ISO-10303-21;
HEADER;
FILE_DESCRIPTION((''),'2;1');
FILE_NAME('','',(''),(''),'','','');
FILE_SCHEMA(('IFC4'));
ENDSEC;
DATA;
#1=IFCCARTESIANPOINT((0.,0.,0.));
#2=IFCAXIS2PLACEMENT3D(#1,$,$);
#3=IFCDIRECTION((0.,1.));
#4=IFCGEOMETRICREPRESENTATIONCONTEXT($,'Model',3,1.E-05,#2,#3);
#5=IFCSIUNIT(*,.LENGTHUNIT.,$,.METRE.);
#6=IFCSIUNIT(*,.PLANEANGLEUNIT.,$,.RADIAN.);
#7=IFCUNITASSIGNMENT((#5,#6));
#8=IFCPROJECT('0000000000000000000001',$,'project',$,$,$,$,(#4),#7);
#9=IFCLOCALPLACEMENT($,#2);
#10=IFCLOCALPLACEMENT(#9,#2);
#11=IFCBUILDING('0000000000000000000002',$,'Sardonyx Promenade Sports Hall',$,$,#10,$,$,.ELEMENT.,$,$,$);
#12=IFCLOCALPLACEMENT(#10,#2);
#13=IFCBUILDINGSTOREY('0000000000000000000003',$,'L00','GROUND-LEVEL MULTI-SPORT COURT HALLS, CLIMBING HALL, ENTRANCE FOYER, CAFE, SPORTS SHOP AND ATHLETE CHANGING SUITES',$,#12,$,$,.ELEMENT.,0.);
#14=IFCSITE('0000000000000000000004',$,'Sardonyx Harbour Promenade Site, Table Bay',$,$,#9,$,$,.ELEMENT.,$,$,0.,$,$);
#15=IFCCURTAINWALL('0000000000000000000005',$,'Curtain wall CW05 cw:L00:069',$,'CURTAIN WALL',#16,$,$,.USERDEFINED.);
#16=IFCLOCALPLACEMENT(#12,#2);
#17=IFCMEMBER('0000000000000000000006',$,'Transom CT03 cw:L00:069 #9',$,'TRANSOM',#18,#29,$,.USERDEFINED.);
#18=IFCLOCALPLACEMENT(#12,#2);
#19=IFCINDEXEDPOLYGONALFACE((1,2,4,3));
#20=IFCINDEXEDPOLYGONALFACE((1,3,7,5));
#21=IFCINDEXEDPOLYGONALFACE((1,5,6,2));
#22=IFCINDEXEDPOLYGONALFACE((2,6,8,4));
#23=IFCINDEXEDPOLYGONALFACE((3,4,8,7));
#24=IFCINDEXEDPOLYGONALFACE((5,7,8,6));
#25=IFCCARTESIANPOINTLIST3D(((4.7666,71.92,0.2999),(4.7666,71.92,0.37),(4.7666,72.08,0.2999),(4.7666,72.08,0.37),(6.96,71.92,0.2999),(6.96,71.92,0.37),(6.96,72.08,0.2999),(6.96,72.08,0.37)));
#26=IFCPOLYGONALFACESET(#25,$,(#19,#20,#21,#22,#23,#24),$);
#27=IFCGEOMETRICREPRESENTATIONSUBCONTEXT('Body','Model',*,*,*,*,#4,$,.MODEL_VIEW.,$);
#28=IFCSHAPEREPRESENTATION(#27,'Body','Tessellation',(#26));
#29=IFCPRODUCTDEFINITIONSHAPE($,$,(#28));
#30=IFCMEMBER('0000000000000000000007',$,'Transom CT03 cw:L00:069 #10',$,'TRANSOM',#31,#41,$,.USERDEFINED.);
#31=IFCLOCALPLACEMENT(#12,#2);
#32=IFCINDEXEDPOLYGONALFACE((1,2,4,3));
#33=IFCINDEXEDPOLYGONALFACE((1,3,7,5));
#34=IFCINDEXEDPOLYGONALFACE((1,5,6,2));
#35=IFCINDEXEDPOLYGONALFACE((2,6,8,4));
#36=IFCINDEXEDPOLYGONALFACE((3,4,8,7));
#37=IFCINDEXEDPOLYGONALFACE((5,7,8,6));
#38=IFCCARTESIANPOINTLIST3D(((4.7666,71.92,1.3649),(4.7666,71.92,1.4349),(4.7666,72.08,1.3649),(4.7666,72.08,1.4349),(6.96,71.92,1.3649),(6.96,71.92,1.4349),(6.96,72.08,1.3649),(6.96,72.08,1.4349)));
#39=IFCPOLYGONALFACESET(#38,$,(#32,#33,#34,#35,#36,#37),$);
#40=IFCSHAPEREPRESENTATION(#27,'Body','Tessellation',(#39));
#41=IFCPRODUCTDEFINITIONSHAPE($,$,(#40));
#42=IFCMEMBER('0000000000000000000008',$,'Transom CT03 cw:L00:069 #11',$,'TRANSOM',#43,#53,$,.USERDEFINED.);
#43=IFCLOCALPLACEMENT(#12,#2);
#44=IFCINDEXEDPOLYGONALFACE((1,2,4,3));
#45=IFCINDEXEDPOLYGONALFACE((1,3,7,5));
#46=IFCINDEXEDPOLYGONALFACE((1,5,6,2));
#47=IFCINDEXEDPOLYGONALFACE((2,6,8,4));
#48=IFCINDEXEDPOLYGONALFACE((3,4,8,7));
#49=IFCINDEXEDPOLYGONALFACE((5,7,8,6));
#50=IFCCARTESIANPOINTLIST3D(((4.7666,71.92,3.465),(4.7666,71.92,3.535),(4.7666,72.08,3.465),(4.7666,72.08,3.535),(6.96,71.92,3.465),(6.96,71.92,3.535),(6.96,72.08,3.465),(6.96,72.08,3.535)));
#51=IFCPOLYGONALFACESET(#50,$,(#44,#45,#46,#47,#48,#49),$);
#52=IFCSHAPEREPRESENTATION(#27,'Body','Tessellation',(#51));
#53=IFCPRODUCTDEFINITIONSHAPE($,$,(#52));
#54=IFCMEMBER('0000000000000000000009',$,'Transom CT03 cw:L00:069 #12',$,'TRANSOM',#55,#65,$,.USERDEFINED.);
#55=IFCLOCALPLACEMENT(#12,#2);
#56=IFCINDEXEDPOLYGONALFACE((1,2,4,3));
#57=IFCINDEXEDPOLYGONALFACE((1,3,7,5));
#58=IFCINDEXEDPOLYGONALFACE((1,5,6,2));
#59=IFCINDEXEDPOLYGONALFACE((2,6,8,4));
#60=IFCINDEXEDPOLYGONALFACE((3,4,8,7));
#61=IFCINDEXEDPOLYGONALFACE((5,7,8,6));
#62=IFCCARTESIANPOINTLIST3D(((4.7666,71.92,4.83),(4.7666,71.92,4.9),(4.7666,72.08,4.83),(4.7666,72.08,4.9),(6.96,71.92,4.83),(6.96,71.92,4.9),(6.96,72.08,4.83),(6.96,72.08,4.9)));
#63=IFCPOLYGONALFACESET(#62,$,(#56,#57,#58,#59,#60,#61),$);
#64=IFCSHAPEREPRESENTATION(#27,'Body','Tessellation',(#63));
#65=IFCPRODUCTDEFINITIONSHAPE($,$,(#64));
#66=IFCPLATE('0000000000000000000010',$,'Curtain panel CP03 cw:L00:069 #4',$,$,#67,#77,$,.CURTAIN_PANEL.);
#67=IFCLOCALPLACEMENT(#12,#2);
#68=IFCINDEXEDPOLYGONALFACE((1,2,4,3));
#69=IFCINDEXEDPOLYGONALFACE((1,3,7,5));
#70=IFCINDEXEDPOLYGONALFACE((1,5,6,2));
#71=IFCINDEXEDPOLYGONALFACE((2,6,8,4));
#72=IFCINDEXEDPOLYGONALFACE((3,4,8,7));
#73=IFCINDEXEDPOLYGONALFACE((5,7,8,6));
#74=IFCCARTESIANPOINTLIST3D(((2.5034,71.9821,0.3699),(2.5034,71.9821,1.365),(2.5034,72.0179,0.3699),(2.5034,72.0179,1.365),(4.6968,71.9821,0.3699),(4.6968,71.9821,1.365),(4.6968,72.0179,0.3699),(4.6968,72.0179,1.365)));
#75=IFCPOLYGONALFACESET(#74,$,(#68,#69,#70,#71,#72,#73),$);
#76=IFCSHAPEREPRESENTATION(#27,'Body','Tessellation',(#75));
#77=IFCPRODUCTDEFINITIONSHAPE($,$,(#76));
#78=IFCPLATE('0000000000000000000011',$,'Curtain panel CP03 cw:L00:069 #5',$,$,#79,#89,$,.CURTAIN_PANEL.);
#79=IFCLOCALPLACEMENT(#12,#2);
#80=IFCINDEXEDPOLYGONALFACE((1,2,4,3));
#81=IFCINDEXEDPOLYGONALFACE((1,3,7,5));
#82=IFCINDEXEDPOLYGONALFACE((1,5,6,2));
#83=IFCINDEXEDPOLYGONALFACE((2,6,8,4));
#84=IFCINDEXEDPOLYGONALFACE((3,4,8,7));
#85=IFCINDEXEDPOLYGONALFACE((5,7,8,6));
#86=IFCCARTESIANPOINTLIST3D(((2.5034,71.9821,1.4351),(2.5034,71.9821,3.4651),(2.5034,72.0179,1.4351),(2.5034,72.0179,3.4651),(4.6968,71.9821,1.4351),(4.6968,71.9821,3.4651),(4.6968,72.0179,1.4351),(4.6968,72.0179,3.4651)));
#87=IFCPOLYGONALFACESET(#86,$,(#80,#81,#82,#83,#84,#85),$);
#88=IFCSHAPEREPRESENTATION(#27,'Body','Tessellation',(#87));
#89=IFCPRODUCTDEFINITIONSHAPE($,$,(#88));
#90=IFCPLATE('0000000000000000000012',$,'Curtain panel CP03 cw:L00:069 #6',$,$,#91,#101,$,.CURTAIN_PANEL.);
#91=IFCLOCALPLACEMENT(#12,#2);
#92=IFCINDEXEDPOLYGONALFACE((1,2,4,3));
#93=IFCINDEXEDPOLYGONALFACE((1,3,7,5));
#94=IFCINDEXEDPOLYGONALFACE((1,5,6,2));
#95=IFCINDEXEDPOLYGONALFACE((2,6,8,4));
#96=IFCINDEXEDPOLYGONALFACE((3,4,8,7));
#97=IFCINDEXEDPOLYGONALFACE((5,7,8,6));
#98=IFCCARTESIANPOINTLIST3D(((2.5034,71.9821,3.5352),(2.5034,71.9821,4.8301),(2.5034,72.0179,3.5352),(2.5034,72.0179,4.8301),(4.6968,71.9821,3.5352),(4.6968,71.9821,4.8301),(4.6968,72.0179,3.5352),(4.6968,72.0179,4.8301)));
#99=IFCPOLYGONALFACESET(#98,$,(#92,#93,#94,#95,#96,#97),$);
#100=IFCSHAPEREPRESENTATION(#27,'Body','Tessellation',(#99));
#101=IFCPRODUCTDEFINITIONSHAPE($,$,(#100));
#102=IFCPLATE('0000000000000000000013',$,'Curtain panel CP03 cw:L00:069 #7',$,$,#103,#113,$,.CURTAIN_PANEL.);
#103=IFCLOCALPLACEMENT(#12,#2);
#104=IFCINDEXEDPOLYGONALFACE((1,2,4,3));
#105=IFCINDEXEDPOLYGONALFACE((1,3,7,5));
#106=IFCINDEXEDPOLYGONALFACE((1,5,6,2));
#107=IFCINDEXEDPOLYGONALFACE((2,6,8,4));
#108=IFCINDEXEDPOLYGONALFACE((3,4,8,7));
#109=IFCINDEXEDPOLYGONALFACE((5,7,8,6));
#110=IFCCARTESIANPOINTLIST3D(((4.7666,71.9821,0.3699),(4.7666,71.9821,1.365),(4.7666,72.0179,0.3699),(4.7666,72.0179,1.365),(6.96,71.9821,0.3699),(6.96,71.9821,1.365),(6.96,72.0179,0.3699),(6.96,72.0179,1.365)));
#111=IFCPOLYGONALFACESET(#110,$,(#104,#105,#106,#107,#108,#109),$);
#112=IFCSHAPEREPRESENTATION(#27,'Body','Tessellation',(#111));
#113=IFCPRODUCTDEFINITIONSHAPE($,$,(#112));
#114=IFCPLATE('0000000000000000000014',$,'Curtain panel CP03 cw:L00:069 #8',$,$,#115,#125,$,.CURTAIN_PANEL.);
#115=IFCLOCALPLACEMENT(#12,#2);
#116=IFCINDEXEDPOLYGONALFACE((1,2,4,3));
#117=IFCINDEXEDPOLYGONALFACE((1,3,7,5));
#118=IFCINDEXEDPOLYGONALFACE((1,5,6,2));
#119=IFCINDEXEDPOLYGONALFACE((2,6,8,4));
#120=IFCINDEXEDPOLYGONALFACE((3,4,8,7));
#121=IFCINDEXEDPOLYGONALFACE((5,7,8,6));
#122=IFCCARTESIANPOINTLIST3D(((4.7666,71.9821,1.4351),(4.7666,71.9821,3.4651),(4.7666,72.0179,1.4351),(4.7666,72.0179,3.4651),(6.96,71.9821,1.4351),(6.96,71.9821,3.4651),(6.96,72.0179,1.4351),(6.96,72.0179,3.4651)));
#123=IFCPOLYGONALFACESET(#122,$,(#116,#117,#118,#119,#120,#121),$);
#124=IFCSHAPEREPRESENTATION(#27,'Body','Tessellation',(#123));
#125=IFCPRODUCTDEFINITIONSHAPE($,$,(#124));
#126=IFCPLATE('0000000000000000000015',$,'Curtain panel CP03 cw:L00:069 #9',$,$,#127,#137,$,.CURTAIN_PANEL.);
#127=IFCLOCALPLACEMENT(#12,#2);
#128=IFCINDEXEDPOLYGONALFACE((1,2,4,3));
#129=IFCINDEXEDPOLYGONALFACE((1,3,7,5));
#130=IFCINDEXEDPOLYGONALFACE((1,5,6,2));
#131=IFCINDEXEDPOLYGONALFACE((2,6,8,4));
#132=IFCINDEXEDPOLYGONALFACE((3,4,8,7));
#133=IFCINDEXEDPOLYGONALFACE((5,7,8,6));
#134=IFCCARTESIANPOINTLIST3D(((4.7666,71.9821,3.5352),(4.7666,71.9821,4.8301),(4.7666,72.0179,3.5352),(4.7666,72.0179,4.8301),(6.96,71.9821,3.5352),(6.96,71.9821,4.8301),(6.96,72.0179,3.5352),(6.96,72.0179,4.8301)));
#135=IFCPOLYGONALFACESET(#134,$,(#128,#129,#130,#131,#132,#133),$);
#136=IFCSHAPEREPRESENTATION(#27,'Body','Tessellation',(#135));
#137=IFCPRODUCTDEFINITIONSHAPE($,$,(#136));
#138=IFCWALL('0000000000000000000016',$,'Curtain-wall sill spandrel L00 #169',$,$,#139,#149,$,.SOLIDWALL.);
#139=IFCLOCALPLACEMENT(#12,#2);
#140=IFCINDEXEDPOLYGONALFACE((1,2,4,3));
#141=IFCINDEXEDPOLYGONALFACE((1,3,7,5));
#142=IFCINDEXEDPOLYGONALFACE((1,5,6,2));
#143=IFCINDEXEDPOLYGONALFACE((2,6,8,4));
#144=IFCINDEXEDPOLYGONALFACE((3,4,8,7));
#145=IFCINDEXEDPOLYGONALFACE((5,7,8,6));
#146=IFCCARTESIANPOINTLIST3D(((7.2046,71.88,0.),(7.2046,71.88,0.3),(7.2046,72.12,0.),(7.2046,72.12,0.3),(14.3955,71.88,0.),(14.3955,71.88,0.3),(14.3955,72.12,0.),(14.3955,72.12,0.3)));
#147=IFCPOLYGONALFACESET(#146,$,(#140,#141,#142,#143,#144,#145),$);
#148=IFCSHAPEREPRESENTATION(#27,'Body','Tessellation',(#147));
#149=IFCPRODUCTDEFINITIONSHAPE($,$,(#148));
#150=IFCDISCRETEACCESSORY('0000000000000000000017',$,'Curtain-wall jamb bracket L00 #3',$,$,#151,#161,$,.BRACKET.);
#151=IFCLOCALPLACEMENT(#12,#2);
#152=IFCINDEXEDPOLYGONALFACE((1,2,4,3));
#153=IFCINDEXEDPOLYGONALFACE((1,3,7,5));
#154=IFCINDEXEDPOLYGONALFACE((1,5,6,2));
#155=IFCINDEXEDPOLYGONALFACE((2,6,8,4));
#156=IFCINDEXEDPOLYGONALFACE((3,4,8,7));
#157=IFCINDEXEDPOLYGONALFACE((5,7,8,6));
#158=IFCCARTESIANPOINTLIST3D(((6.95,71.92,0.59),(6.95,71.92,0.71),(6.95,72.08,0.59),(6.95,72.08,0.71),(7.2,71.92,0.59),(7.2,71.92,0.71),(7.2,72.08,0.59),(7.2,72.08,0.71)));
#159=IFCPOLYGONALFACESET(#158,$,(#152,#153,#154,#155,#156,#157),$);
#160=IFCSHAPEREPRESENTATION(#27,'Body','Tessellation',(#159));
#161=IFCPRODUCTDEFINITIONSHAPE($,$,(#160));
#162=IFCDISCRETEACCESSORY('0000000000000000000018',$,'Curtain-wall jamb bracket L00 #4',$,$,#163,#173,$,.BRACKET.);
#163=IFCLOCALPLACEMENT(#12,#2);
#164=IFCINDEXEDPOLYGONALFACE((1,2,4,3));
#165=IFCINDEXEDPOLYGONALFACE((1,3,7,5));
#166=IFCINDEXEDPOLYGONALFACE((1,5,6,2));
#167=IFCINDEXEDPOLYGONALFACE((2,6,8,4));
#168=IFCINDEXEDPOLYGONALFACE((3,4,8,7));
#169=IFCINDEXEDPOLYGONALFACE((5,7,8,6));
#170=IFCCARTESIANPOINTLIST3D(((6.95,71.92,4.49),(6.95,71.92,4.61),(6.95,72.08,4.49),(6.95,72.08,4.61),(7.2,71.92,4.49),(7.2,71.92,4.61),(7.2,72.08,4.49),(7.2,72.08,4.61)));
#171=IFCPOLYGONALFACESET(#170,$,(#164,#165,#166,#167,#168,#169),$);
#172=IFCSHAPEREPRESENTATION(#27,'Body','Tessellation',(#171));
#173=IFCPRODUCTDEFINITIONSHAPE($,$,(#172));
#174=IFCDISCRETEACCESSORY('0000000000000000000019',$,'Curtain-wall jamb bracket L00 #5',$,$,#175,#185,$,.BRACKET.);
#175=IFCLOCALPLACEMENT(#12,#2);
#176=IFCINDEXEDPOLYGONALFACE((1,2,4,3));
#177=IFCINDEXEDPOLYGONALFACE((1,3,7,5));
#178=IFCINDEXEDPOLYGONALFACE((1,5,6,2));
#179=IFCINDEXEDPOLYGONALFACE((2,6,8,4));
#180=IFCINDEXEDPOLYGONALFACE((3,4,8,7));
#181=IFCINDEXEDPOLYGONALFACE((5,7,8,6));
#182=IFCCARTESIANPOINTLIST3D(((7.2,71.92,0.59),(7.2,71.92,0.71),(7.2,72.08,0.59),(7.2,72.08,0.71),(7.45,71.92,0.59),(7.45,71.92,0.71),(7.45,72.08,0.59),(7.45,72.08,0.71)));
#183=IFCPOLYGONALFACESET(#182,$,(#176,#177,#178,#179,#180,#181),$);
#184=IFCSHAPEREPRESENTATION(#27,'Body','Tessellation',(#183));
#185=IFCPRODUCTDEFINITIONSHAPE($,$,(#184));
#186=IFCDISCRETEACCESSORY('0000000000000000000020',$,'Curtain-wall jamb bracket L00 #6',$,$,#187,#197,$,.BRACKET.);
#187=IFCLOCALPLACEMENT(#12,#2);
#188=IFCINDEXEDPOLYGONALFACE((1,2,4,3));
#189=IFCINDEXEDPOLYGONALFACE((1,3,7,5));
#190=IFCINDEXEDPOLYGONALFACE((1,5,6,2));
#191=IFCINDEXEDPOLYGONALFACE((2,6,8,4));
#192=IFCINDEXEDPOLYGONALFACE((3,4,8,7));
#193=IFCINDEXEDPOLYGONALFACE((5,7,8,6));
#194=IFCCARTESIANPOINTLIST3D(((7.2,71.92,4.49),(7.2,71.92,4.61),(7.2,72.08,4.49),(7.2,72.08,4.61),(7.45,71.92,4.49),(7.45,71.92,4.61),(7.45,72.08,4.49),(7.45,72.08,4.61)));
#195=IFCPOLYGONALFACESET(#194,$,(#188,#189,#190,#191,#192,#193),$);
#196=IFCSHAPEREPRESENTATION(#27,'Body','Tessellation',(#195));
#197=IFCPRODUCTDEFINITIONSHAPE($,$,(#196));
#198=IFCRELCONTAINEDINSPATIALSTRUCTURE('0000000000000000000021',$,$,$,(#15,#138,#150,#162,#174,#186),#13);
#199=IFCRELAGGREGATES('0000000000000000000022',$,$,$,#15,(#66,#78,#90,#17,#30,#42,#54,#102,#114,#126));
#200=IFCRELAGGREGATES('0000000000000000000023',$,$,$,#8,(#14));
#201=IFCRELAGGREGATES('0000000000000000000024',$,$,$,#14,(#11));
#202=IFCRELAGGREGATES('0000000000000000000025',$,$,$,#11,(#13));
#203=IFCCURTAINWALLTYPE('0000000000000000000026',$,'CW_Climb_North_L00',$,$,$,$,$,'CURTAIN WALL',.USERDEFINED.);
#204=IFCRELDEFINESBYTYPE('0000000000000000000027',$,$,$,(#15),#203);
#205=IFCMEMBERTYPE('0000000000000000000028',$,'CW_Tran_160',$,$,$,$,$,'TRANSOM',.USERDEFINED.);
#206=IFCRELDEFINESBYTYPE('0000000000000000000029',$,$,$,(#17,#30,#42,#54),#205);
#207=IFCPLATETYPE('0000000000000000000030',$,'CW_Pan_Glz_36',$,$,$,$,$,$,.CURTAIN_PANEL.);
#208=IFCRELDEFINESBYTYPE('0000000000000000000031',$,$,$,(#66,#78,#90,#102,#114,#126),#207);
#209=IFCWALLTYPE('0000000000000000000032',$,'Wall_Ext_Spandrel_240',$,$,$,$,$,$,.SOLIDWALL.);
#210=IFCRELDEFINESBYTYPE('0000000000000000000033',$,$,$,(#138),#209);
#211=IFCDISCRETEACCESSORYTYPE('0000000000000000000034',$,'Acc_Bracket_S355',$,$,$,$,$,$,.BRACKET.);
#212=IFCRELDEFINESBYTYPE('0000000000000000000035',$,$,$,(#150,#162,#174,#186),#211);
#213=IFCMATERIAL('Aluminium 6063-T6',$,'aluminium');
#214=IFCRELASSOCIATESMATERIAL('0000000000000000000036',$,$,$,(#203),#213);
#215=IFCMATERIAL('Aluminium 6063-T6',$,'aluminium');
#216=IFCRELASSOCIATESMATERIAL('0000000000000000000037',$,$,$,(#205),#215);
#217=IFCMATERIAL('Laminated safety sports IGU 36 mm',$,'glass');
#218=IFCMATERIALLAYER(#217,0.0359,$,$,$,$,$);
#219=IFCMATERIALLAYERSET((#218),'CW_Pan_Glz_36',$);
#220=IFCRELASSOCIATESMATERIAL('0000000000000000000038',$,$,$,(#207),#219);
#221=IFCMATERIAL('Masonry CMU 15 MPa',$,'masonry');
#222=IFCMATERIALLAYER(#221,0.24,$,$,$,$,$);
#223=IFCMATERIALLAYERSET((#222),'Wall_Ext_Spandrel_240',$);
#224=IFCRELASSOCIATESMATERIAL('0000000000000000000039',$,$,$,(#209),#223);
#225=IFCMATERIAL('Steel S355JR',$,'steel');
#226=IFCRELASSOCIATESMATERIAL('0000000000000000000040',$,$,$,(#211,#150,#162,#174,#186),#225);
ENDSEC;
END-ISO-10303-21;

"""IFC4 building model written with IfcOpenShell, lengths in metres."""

from ifc_helpers import new_model, si_unit, direction, frame, frame_2d, origin, origin_2d, place, context, subcontext, project, spatial, rectangle, extrude, material, layer, layer_set, material_profile, profile_set, type_object, element, aggregate, save


model = new_model("IFC4")

# Units and contexts
model_context = context("Model", 3, precision=1e-05, world=origin(), true_north=direction((0.0, 1.0)))
body_context = subcontext(model_context, "Body", "Model", "MODEL_VIEW")
ifc_project = project(units=[si_unit("LENGTHUNIT", "METRE"), si_unit("PLANEANGLEUNIT", "RADIAN")], contexts=[model_context])

# Site, building, storey
site_placement = place(None, origin())
site = spatial("IfcSite", under=ifc_project, at=site_placement, Name="Sardonyx Harbour Promenade Site, Table Bay", CompositionType="ELEMENT", RefElevation=0.0)
building_placement = place(site_placement, origin())
building = spatial("IfcBuilding", under=site, at=building_placement, Name="Sardonyx Promenade Sports Hall", CompositionType="ELEMENT")
storey_placement = place(building_placement, origin())
storey = spatial("IfcBuildingStorey", under=building, at=storey_placement, Name="L00", Description="GROUND-LEVEL MULTI-SPORT COURT HALLS, CLIMBING HALL, ENTRANCE FOYER, CAFE, SPORTS SHOP AND ATHLETE CHANGING SUITES", CompositionType="ELEMENT", Elevation=0.0)

# Curtain wall
ifc_material_1 = material(Name="Aluminium 6063-T6", Category="aluminium")
curtain_wall_type = type_object("IfcCurtainWallType", Name="CW_Climb_North_L00", ElementType="CURTAIN WALL", PredefinedType="USERDEFINED", material=ifc_material_1)
curtain_wall_1_placement = place(storey_placement, origin())
curtain_wall_1 = element("IfcCurtainWall", 1, at=curtain_wall_1_placement, inside=storey, type_object=curtain_wall_type, Name="Curtain wall CW05 cw:L00:069", ObjectType="CURTAIN WALL", PredefinedType="USERDEFINED")

# Members
ifc_material_2 = material(Name="Aluminium 6063-T6", Category="aluminium")
ifc_material_profile_1 = material_profile(ifc_material_2, rectangle(XDim=0.0701, YDim=0.1599, at=origin_2d()))
ifc_profile_set_1 = profile_set([ifc_material_profile_1], Name="Aluminium 6063-T6")
member_type_1 = type_object("IfcMemberType", Name="CW_Tran_160", ElementType="TRANSOM", PredefinedType="USERDEFINED", material=ifc_profile_set_1)
member_1_placement = place(storey_placement, frame((4.7666, 72.0, 0.335), z_axis=(1.0, 0.0, 0.0), x_axis=(0.0, 0.0, 1.0)))
member_1 = element("IfcMember", 2, at=member_1_placement, type_object=member_type_1, Name="Transom CT03 cw:L00:069 #9", ObjectType="TRANSOM", PredefinedType="USERDEFINED", context=body_context, shape_type="SweptSolid", body=[
    extrude(rectangle(XDim=0.0701, YDim=0.1599, at=origin_2d()), origin(), (0.0, 0.0, 1.0), 2.1934),
])
member_2_placement = place(storey_placement, frame((4.7666, 72.0, 1.3999), z_axis=(1.0, 0.0, 0.0), x_axis=(0.0, 0.0, 1.0)))
member_2 = element("IfcMember", 3, at=member_2_placement, type_object=member_type_1, Name="Transom CT03 cw:L00:069 #10", ObjectType="TRANSOM", PredefinedType="USERDEFINED", context=body_context, shape_type="SweptSolid", body=[
    extrude(rectangle(XDim=0.0701, YDim=0.1599, at=origin_2d()), origin(), (0.0, 0.0, 1.0), 2.1934),
])
member_3_placement = place(storey_placement, frame((4.7666, 72.0, 3.5), z_axis=(1.0, 0.0, 0.0), x_axis=(0.0, 0.0, 1.0)))
member_3 = element("IfcMember", 4, at=member_3_placement, type_object=member_type_1, Name="Transom CT03 cw:L00:069 #11", ObjectType="TRANSOM", PredefinedType="USERDEFINED", context=body_context, shape_type="SweptSolid", body=[
    extrude(rectangle(XDim=0.0701, YDim=0.1599, at=origin_2d()), origin(), (0.0, 0.0, 1.0), 2.1934),
])
member_4_placement = place(storey_placement, frame((4.7666, 72.0, 4.865), z_axis=(1.0, 0.0, 0.0), x_axis=(0.0, 0.0, 1.0)))
member_4 = element("IfcMember", 5, at=member_4_placement, type_object=member_type_1, Name="Transom CT03 cw:L00:069 #12", ObjectType="TRANSOM", PredefinedType="USERDEFINED", context=body_context, shape_type="SweptSolid", body=[
    extrude(rectangle(XDim=0.0701, YDim=0.1599, at=origin_2d()), origin(), (0.0, 0.0, 1.0), 2.1934),
])

# Plates
ifc_material_3 = material(Name="Laminated safety sports IGU 36 mm", Category="glass")
ifc_layer_1 = layer(ifc_material_3, 0.0359)
ifc_layer_set_1 = layer_set([ifc_layer_1], Name="CW_Pan_Glz_36")
plate_type = type_object("IfcPlateType", Name="CW_Pan_Glz_36", PredefinedType="CURTAIN_PANEL", material=ifc_layer_set_1)
plate_1_placement = place(storey_placement, frame((3.6001, 72.0, 0.3699), z_axis=(0.0, 0.0, 1.0), x_axis=(1.0, 0.0, 0.0)))
plate_1 = element("IfcPlate", 6, at=plate_1_placement, type_object=plate_type, Name="Curtain panel CP03 cw:L00:069 #4", PredefinedType="CURTAIN_PANEL", context=body_context, shape_type="SweptSolid", body=[
    extrude(rectangle(XDim=2.1934, YDim=0.0359, at=origin_2d()), origin(), (0.0, 0.0, 1.0), 0.9951),
])
plate_2_placement = place(storey_placement, frame((3.6001, 72.0, 1.4351), z_axis=(0.0, 0.0, 1.0), x_axis=(1.0, 0.0, 0.0)))
plate_2 = element("IfcPlate", 7, at=plate_2_placement, type_object=plate_type, Name="Curtain panel CP03 cw:L00:069 #5", PredefinedType="CURTAIN_PANEL", context=body_context, shape_type="SweptSolid", body=[
    extrude(rectangle(XDim=2.1934, YDim=0.0359, at=origin_2d()), origin(), (0.0, 0.0, 1.0), 2.03),
])
plate_3_placement = place(storey_placement, frame((3.6001, 72.0, 3.5352), z_axis=(0.0, 0.0, 1.0), x_axis=(1.0, 0.0, 0.0)))
plate_3 = element("IfcPlate", 8, at=plate_3_placement, type_object=plate_type, Name="Curtain panel CP03 cw:L00:069 #6", PredefinedType="CURTAIN_PANEL", context=body_context, shape_type="SweptSolid", body=[
    extrude(rectangle(XDim=2.1934, YDim=0.0359, at=origin_2d()), origin(), (0.0, 0.0, 1.0), 1.2949),
])
plate_4_placement = place(storey_placement, frame((5.8633, 72.0, 0.3699), z_axis=(0.0, 0.0, 1.0), x_axis=(1.0, 0.0, 0.0)))
plate_4 = element("IfcPlate", 9, at=plate_4_placement, type_object=plate_type, Name="Curtain panel CP03 cw:L00:069 #7", PredefinedType="CURTAIN_PANEL", context=body_context, shape_type="SweptSolid", body=[
    extrude(rectangle(XDim=2.1934, YDim=0.0359, at=origin_2d()), origin(), (0.0, 0.0, 1.0), 0.9951),
])
plate_5_placement = place(storey_placement, frame((5.8633, 72.0, 1.4351), z_axis=(0.0, 0.0, 1.0), x_axis=(1.0, 0.0, 0.0)))
plate_5 = element("IfcPlate", 10, at=plate_5_placement, type_object=plate_type, Name="Curtain panel CP03 cw:L00:069 #8", PredefinedType="CURTAIN_PANEL", context=body_context, shape_type="SweptSolid", body=[
    extrude(rectangle(XDim=2.1934, YDim=0.0359, at=origin_2d()), origin(), (0.0, 0.0, 1.0), 2.03),
])
plate_6_placement = place(storey_placement, frame((5.8633, 72.0, 3.5352), z_axis=(0.0, 0.0, 1.0), x_axis=(1.0, 0.0, 0.0)))
plate_6 = element("IfcPlate", 11, at=plate_6_placement, type_object=plate_type, Name="Curtain panel CP03 cw:L00:069 #9", PredefinedType="CURTAIN_PANEL", context=body_context, shape_type="SweptSolid", body=[
    extrude(rectangle(XDim=2.1934, YDim=0.0359, at=origin_2d()), origin(), (0.0, 0.0, 1.0), 1.2949),
])
aggregate(curtain_wall_1, [plate_1, plate_2, plate_3, member_1, member_2, member_3, member_4, plate_4, plate_5, plate_6])

# Wall
ifc_material_4 = material(Name="Masonry CMU 15 MPa", Category="masonry")
ifc_layer_2 = layer(ifc_material_4, 0.24)
ifc_layer_set_2 = layer_set([ifc_layer_2], Name="Wall_Ext_Spandrel_240")
wall_type = type_object("IfcWallType", Name="Wall_Ext_Spandrel_240", PredefinedType="SOLIDWALL", material=ifc_layer_set_2)
wall_placement = place(storey_placement, frame((7.2046, 72.0, 0.0), z_axis=(0.0, 0.0, 1.0), x_axis=(1.0, 0.0, 0.0)))
element("IfcWall", 12, at=wall_placement, inside=storey, type_object=wall_type, Name="Curtain-wall sill spandrel L00 #169", PredefinedType="SOLIDWALL", context=body_context, shape_type="SweptSolid", body=[
    extrude(rectangle(XDim=7.1909, YDim=0.24, at=frame_2d((3.5955, 0.0))), origin(), (0.0, 0.0, 1.0), 0.3),
])

# Discrete accessories
ifc_material_5 = material(Name="Steel S355JR", Category="steel")
discrete_accessory_type = type_object("IfcDiscreteAccessoryType", Name="Acc_Bracket_S355", PredefinedType="BRACKET", material=ifc_material_5)
for number, where, z_axis, x_axis, name in (
    (13, (7.075, 72.0, 0.59), (0.0, 0.0, 1.0), (1.0, 0.0, 0.0), "Curtain-wall jamb bracket L00 #3"),
    (14, (7.075, 72.0, 4.49), (0.0, 0.0, 1.0), (1.0, 0.0, 0.0), "Curtain-wall jamb bracket L00 #4"),
    (15, (7.325, 72.0, 0.59), (0.0, 0.0, 1.0), (1.0, 0.0, 0.0), "Curtain-wall jamb bracket L00 #5"),
    (16, (7.325, 72.0, 4.49), (0.0, 0.0, 1.0), (1.0, 0.0, 0.0), "Curtain-wall jamb bracket L00 #6"),
):
    element("IfcDiscreteAccessory", number, at=place(storey_placement, frame(where, z_axis=z_axis, x_axis=x_axis)), inside=storey, type_object=discrete_accessory_type, material=ifc_material_5, Name=name, PredefinedType="BRACKET", context=body_context, shape_type="SweptSolid", body=[
        extrude(rectangle(XDim=0.25, YDim=0.16), origin(), (0.0, 0.0, 1.0), 0.12),
    ])

save(model, "model.ifc")
